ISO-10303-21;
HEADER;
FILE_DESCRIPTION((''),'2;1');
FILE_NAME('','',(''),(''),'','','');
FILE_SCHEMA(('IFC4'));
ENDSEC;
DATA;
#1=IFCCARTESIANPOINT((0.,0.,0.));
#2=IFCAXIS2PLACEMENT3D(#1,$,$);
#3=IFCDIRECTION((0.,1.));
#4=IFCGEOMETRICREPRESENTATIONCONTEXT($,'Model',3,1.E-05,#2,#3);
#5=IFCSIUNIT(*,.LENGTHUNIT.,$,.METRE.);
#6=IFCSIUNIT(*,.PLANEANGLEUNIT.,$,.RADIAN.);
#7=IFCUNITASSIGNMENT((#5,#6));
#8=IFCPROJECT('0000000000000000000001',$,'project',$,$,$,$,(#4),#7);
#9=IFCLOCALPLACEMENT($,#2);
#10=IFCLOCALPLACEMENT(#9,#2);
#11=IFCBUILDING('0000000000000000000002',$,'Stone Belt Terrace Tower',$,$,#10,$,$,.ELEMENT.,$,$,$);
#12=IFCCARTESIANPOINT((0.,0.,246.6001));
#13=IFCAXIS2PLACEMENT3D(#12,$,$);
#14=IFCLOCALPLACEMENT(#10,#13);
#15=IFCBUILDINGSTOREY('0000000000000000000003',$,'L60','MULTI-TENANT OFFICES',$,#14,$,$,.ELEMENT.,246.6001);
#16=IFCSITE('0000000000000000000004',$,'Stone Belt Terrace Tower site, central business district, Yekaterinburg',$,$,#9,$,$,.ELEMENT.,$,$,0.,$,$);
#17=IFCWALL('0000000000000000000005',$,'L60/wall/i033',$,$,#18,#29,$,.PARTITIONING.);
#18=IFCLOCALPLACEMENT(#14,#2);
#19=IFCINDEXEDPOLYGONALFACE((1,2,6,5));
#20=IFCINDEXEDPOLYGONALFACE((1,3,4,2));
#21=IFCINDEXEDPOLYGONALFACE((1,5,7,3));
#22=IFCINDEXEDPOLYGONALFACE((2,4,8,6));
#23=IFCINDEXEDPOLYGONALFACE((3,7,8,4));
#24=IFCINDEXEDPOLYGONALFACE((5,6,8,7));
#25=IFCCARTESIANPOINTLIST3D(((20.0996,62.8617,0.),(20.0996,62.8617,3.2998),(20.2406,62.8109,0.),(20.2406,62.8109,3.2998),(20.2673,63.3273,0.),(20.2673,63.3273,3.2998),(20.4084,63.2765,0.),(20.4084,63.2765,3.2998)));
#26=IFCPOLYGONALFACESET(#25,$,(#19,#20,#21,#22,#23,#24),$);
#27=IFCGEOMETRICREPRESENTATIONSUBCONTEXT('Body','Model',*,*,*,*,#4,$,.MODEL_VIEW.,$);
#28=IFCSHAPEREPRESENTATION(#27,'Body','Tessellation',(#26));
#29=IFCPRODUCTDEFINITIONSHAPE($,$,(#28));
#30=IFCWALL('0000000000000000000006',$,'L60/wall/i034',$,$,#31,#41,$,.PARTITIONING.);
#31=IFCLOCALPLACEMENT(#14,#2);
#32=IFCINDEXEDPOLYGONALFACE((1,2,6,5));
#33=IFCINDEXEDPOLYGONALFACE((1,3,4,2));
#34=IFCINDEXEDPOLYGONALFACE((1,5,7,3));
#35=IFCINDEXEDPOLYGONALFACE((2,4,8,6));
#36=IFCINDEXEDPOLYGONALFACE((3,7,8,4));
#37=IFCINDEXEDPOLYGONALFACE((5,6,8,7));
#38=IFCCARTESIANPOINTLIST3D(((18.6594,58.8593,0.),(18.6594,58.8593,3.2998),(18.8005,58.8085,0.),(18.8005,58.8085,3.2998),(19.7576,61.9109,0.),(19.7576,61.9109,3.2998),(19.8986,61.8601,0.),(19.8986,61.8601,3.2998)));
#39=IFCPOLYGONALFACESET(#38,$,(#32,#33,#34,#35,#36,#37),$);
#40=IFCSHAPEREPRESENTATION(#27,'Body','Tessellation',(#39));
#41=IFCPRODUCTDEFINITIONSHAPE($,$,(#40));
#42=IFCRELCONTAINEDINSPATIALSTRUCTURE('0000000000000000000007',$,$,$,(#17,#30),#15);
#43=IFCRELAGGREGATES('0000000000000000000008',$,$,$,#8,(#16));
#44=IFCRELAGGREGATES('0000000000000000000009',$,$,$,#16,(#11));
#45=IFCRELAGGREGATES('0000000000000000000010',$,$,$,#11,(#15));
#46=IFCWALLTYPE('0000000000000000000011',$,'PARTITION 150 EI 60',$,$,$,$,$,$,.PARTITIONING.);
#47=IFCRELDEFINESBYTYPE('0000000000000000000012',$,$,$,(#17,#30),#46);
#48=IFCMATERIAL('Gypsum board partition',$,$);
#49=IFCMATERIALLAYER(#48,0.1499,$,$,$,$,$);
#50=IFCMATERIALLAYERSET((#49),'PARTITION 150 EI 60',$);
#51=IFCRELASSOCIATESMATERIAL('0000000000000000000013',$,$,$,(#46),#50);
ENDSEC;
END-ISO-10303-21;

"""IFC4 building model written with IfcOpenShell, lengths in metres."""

from ifc_helpers import new_model, si_unit, direction, frame, frame_2d, origin, place, context, subcontext, project, spatial, rectangle, extrude, material, layer, layer_set, type_object, element, save


model = new_model("IFC4")

# Units and contexts
model_context = context("Model", 3, precision=1e-05, world=origin(), true_north=direction((0.0, 1.0)))
body_context = subcontext(model_context, "Body", "Model", "MODEL_VIEW")
ifc_project = project(units=[si_unit("LENGTHUNIT", "METRE"), si_unit("PLANEANGLEUNIT", "RADIAN")], contexts=[model_context])

# Site, building, storey
site_placement = place(None, origin())
site = spatial("IfcSite", under=ifc_project, at=site_placement, Name="Stone Belt Terrace Tower site, central business district, Yekaterinburg", CompositionType="ELEMENT", RefElevation=0.0)
building_placement = place(site_placement, origin())
building = spatial("IfcBuilding", under=site, at=building_placement, Name="Stone Belt Terrace Tower", CompositionType="ELEMENT")
storey_placement = place(building_placement, frame((0.0, 0.0, 246.6001)))
storey = spatial("IfcBuildingStorey", under=building, at=storey_placement, Name="L60", Description="MULTI-TENANT OFFICES", CompositionType="ELEMENT", Elevation=246.6001)

# Walls
ifc_material_1 = material(Name="Gypsum board partition")
ifc_layer_1 = layer(ifc_material_1, 0.1499)
ifc_layer_set_1 = layer_set([ifc_layer_1], Name="PARTITION 150 EI 60")
wall_type_1 = type_object("IfcWallType", Name="PARTITION 150 EI 60", PredefinedType="PARTITIONING", material=ifc_layer_set_1)
wall_1_placement = place(storey_placement, frame((20.3379, 63.302, 0.0), z_axis=(0.0, 0.0, 1.0), x_axis=(-0.338929, -0.940812, 0.0)))
element("IfcWall", 1, at=wall_1_placement, inside=storey, type_object=wall_type_1, Name="L60/wall/i033", PredefinedType="PARTITIONING", context=body_context, shape_type="SweptSolid", body=[
    extrude(rectangle(XDim=0.4949, YDim=0.1499, at=frame_2d((0.2476, 0.0))), origin(), (0.0, 0.0, 1.0), 3.2998),
])
wall_2_placement = place(storey_placement, frame((19.8281, 61.8855, 0.0), z_axis=(0.0, 0.0, 1.0), x_axis=(-0.33861, -0.940927, 0.0)))
element("IfcWall", 2, at=wall_2_placement, inside=storey, type_object=wall_type_1, Name="L60/wall/i034", PredefinedType="PARTITIONING", context=body_context, shape_type="SweptSolid", body=[
    extrude(rectangle(XDim=3.2432, YDim=0.1499, at=frame_2d((1.6216, 0.0))), origin(), (0.0, 0.0, 1.0), 3.2998),
])

save(model, "model.ifc")
